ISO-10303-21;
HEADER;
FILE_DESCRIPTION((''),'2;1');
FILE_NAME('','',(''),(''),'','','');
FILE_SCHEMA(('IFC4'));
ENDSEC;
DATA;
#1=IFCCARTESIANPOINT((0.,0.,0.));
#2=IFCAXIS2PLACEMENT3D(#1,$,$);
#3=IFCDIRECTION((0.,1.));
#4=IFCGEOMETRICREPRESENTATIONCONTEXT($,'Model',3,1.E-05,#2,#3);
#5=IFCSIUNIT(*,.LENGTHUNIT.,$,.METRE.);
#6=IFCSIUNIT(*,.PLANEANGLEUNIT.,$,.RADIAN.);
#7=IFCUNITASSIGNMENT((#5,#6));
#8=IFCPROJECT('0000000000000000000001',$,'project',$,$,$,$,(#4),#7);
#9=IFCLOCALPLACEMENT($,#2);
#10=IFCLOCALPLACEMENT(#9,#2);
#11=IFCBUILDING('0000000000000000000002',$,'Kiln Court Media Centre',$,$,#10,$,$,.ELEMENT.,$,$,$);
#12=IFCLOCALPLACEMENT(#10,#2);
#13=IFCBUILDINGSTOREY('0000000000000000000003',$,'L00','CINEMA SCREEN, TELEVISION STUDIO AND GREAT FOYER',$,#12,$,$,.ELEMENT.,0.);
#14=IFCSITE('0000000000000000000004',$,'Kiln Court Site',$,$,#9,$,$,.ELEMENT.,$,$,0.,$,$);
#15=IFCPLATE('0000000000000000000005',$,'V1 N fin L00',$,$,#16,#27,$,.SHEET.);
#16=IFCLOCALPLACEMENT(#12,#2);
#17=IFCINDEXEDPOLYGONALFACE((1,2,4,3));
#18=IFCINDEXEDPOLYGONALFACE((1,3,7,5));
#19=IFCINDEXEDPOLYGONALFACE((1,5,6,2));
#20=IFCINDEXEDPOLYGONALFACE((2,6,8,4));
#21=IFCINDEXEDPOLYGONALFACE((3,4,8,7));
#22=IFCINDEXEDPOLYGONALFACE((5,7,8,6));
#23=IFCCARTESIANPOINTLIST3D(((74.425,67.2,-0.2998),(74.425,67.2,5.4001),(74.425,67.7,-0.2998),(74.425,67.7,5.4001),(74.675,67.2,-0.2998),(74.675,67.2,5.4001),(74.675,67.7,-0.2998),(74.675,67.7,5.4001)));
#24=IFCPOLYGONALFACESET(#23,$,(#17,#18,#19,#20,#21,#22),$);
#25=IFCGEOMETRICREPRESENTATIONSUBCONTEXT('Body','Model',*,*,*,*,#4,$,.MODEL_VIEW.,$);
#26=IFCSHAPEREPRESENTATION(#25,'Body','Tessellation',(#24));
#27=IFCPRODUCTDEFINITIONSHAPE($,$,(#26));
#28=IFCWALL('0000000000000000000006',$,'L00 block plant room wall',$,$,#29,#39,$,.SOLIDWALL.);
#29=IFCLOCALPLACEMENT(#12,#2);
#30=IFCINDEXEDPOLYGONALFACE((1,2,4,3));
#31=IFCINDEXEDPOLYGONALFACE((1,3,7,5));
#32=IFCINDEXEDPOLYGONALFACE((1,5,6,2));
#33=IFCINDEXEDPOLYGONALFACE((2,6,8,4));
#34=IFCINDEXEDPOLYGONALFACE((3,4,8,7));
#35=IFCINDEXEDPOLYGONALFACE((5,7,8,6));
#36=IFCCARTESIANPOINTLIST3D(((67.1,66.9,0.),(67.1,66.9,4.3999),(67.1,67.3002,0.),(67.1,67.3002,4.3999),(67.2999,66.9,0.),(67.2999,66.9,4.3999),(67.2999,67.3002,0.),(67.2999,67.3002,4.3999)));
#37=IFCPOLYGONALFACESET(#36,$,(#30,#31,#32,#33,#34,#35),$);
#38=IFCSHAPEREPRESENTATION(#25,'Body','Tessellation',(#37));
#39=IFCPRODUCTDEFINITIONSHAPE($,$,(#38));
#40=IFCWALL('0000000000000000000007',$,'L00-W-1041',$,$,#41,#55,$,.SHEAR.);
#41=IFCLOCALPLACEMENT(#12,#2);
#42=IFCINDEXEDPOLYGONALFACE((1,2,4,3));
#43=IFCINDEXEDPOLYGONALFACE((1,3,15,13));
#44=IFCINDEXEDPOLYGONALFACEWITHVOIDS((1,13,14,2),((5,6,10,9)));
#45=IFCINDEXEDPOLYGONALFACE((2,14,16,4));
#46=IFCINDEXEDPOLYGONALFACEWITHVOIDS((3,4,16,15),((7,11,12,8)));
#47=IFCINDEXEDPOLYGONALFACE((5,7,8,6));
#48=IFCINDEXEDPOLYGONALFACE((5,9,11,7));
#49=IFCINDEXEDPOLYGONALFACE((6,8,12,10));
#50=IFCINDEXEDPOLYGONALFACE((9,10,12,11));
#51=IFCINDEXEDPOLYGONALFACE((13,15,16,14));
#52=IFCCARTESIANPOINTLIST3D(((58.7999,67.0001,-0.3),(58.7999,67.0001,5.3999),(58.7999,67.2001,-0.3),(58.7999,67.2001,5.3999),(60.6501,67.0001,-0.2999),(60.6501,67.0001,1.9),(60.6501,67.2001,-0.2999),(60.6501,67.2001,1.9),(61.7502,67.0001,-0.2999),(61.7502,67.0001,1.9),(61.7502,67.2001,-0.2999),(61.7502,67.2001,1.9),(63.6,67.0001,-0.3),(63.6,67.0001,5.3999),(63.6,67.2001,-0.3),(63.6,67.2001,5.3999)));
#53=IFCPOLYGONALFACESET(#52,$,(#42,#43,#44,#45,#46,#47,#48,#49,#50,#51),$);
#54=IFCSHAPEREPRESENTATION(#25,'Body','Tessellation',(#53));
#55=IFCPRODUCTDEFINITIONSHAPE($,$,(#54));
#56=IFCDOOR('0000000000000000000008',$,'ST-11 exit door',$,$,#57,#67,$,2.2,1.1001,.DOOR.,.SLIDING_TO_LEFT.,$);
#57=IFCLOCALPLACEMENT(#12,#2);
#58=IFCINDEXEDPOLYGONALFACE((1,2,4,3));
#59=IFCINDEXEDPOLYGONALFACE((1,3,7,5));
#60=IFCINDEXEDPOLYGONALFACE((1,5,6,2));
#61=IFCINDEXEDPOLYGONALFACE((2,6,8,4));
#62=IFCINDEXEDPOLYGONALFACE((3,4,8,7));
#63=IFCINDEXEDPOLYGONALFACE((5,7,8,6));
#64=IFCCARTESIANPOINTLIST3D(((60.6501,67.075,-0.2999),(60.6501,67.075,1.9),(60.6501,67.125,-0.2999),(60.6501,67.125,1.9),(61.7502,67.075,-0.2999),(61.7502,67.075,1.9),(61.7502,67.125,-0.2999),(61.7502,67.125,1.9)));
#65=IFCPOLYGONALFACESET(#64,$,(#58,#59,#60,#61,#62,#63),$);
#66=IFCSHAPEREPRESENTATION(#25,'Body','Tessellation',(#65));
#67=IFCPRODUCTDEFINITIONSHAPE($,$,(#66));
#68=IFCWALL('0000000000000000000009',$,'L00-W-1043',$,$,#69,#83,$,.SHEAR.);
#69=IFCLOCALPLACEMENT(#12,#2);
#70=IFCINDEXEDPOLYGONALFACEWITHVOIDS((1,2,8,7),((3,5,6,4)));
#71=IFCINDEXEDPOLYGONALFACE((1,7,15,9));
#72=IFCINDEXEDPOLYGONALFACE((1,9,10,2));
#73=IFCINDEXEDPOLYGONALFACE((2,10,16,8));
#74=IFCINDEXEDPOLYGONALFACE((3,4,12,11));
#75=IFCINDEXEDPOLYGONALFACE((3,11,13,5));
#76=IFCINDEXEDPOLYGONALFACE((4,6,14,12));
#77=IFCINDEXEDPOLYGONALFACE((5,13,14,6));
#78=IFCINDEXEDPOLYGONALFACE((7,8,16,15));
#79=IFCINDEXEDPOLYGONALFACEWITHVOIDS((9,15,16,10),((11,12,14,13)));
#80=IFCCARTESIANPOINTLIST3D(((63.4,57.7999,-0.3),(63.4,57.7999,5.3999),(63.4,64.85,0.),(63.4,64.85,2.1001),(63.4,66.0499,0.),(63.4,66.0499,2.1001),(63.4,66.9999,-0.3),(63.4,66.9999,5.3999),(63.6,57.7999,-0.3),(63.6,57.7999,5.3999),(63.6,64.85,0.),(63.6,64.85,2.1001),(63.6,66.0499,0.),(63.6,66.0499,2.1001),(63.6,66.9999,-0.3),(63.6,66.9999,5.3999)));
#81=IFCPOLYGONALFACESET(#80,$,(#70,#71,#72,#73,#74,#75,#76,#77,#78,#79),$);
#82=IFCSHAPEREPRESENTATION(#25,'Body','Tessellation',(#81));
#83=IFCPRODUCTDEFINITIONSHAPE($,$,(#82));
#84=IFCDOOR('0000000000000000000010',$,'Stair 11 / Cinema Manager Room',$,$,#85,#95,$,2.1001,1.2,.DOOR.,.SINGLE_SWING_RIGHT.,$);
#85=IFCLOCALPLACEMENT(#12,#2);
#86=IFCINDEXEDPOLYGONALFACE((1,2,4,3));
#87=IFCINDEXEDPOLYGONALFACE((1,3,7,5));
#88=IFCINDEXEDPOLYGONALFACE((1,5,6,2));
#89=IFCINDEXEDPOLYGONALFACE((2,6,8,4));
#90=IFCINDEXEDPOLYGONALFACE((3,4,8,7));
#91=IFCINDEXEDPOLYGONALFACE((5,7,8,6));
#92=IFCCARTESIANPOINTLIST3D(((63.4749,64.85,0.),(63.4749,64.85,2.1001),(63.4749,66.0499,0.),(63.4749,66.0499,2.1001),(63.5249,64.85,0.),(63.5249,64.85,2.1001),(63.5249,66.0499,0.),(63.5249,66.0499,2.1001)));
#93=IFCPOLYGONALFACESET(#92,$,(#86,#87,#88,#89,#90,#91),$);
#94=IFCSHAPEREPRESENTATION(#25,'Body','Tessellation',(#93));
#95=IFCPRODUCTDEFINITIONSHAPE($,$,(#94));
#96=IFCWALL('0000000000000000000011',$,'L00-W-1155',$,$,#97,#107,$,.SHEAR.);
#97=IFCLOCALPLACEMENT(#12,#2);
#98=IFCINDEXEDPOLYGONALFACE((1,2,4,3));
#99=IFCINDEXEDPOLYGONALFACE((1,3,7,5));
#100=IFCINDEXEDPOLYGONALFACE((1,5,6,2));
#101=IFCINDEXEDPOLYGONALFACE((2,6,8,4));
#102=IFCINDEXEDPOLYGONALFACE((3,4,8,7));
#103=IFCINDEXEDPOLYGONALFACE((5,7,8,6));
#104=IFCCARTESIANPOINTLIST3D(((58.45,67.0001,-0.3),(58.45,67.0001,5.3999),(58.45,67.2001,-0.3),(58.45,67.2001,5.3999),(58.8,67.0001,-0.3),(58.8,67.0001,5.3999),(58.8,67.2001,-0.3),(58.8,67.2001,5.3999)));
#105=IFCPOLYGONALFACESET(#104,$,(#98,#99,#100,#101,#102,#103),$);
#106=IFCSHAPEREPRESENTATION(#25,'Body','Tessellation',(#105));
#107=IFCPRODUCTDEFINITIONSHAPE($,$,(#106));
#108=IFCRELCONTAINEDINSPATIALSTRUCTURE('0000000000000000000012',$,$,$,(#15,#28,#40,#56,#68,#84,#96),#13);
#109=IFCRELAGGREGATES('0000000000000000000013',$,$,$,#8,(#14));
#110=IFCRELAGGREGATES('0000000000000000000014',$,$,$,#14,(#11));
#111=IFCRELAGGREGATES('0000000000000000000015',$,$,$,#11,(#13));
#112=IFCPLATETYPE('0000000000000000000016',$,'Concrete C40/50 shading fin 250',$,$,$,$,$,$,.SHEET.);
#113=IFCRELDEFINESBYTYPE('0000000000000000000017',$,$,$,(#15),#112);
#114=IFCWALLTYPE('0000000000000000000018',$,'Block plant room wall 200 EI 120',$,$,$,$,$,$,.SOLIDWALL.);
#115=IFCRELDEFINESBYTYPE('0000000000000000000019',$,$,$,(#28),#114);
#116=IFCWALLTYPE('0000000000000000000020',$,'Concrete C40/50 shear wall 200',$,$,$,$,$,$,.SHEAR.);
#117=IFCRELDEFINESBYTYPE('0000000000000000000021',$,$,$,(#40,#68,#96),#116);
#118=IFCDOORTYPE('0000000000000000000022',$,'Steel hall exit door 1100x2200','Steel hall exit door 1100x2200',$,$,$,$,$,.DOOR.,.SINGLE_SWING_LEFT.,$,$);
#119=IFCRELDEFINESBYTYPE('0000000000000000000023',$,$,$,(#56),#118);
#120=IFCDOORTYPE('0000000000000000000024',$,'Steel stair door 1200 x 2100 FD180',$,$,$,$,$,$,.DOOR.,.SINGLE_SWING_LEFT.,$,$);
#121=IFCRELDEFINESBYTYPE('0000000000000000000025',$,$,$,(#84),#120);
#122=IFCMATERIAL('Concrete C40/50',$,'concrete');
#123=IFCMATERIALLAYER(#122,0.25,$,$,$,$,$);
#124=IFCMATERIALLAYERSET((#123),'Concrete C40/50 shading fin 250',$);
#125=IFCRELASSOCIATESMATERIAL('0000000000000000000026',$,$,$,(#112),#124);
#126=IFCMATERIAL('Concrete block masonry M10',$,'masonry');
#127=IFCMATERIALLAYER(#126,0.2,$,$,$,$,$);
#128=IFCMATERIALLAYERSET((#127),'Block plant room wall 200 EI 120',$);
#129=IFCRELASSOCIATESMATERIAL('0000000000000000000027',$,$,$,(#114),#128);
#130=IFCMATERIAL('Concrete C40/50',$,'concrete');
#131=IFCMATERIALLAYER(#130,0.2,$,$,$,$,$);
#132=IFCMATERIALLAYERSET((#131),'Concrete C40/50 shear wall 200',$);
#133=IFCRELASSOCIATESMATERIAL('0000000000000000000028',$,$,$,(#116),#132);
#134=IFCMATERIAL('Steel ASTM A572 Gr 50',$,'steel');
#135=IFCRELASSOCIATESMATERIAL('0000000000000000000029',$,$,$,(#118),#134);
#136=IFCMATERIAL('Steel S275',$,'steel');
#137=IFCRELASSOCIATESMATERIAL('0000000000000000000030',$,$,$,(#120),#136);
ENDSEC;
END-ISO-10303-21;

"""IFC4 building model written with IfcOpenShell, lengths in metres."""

from ifc_helpers import new_model, si_unit, direction, frame, frame_2d, origin, origin_2d, place, context, subcontext, project, spatial, rectangle, extrude, material, layer, layer_set, type_object, element, fill, save


model = new_model("IFC4")

# Units and contexts
model_context = context("Model", 3, precision=1e-05, world=origin(), true_north=direction((0.0, 1.0)))
body_context = subcontext(model_context, "Body", "Model", "MODEL_VIEW")
ifc_project = project(units=[si_unit("LENGTHUNIT", "METRE"), si_unit("PLANEANGLEUNIT", "RADIAN")], contexts=[model_context])

# Site, building, storey
site_placement = place(None, origin())
site = spatial("IfcSite", under=ifc_project, at=site_placement, Name="Kiln Court Site", CompositionType="ELEMENT", RefElevation=0.0)
building_placement = place(site_placement, origin())
building = spatial("IfcBuilding", under=site, at=building_placement, Name="Kiln Court Media Centre", CompositionType="ELEMENT")
storey_placement = place(building_placement, origin())
storey = spatial("IfcBuildingStorey", under=building, at=storey_placement, Name="L00", Description="CINEMA SCREEN, TELEVISION STUDIO AND GREAT FOYER", CompositionType="ELEMENT", Elevation=0.0)

# Plate
ifc_material_1 = material(Name="Concrete C40/50", Category="concrete")
ifc_layer_1 = layer(ifc_material_1, 0.25)
ifc_layer_set_1 = layer_set([ifc_layer_1], Name="Concrete C40/50 shading fin 250")
plate_type = type_object("IfcPlateType", Name="Concrete C40/50 shading fin 250", PredefinedType="SHEET", material=ifc_layer_set_1)
for number, where, z_axis, x_axis, name in (
    (1, (74.55, 67.45, -0.2998), (0.0, 0.0, 1.0), (1.0, 0.0, 0.0), "V1 N fin L00"),
):
    element("IfcPlate", number, at=place(storey_placement, frame(where, z_axis=z_axis, x_axis=x_axis)), inside=storey, type_object=plate_type, Name=name, PredefinedType="SHEET", context=body_context, shape_type="SweptSolid", body=[
        extrude(rectangle(XDim=0.25, YDim=0.5, at=origin_2d()), origin(), (0.0, 0.0, 1.0), 5.7),
    ])

# Wall
ifc_material_2 = material(Name="Concrete block masonry M10", Category="masonry")
ifc_layer_2 = layer(ifc_material_2, 0.2)
ifc_layer_set_2 = layer_set([ifc_layer_2], Name="Block plant room wall 200 EI 120")
wall_type_1 = type_object("IfcWallType", Name="Block plant room wall 200 EI 120", PredefinedType="SOLIDWALL", material=ifc_layer_set_2)
wall_1_placement = place(storey_placement, frame((67.2, 66.8999, 0.0), z_axis=(0.0, 0.0, 1.0), x_axis=(0.0, 1.0, 0.0)))
element("IfcWall", 2, at=wall_1_placement, inside=storey, type_object=wall_type_1, Name="L00 block plant room wall", PredefinedType="SOLIDWALL", context=body_context, shape_type="SweptSolid", body=[
    extrude(rectangle(XDim=0.4001, YDim=0.2, at=frame_2d((0.2002, 0.0))), origin(), (0.0, 0.0, 1.0), 4.3999),
])

# Walls, openings, doors
ifc_material_3 = material(Name="Concrete C40/50", Category="concrete")
ifc_layer_3 = layer(ifc_material_3, 0.2)
ifc_layer_set_3 = layer_set([ifc_layer_3], Name="Concrete C40/50 shear wall 200")
wall_type_2 = type_object("IfcWallType", Name="Concrete C40/50 shear wall 200", PredefinedType="SHEAR", material=ifc_layer_set_3)
wall_2_placement = place(storey_placement, frame((58.8, 67.1001, -0.3), z_axis=(0.0, 0.0, 1.0), x_axis=(1.0, 0.0, 0.0)))
wall_2 = element("IfcWall", 3, at=wall_2_placement, inside=storey, type_object=wall_type_2, Name="L00-W-1041", PredefinedType="SHEAR", context=body_context, shape_type="SweptSolid", body=[
    extrude(rectangle(XDim=4.8, YDim=0.2, at=frame_2d((2.3999, 0.0))), origin(), (0.0, 0.0, 1.0), 5.7),
])
opening_1_placement = place(wall_2_placement, frame((1.8501, 0.0, 0.0)))
opening_1 = element("IfcOpeningElement", 4, at=opening_1_placement, cuts=wall_2, PredefinedType="OPENING", context=body_context, shape_type="SweptSolid", body=[
    extrude(rectangle(XDim=1.1001, YDim=2.2, at=frame_2d((0.55, 1.1001))), frame((0.0, 0.1099, 0.0), z_axis=(0.0, -1.0, 0.0), x_axis=(1.0, 0.0, 0.0)), (0.0, 0.0, 1.0), 0.22),
])
ifc_material_4 = material(Name="Steel ASTM A572 Gr 50", Category="steel")
door_type_1 = type_object("IfcDoorType", Name="Steel hall exit door 1100x2200", Description="Steel hall exit door 1100x2200", OperationType="SINGLE_SWING_LEFT", PredefinedType="DOOR", material=ifc_material_4)
door_1_placement = place(opening_1_placement, origin())
door_1 = element("IfcDoor", 5, at=door_1_placement, inside=storey, type_object=door_type_1, Name="ST-11 exit door", OperationType="SLIDING_TO_LEFT", OverallHeight=2.2, OverallWidth=1.1001, PredefinedType="DOOR", context=body_context, shape_type="SweptSolid", body=[
    extrude(rectangle(XDim=1.1001, YDim=2.2, at=frame_2d((0.55, 1.1001))), frame((0.0, 0.0249, 0.0), z_axis=(0.0, -1.0, 0.0), x_axis=(1.0, 0.0, 0.0)), (0.0, 0.0, 1.0), 0.05),
])
fill(opening_1, door_1)
wall_3_placement = place(storey_placement, frame((63.5, 67.0, -0.3), z_axis=(0.0, 0.0, 1.0), x_axis=(0.0, -1.0, 0.0)))
wall_3 = element("IfcWall", 6, at=wall_3_placement, inside=storey, type_object=wall_type_2, Name="L00-W-1043", PredefinedType="SHEAR", context=body_context, shape_type="SweptSolid", body=[
    extrude(rectangle(XDim=9.2, YDim=0.2, at=frame_2d((4.6001, 0.0))), origin(), (0.0, 0.0, 1.0), 5.7),
])
opening_2_placement = place(wall_3_placement, frame((0.95, 0.0, 0.3)))
opening_2 = element("IfcOpeningElement", 7, at=opening_2_placement, cuts=wall_3, PredefinedType="OPENING", context=body_context, shape_type="SweptSolid", body=[
    extrude(rectangle(XDim=1.2, YDim=2.1001, at=frame_2d((0.6001, 1.05))), frame((0.0, 0.1099, 0.0), z_axis=(0.0, -1.0, 0.0), x_axis=(1.0, 0.0, 0.0)), (0.0, 0.0, 1.0), 0.22),
])
ifc_material_5 = material(Name="Steel S275", Category="steel")
door_type_2 = type_object("IfcDoorType", Name="Steel stair door 1200 x 2100 FD180", OperationType="SINGLE_SWING_LEFT", PredefinedType="DOOR", material=ifc_material_5)
door_2_placement = place(opening_2_placement, origin())
door_2 = element("IfcDoor", 8, at=door_2_placement, inside=storey, type_object=door_type_2, Name="Stair 11 / Cinema Manager Room", OperationType="SINGLE_SWING_RIGHT", OverallHeight=2.1001, OverallWidth=1.2, PredefinedType="DOOR", context=body_context, shape_type="SweptSolid", body=[
    extrude(rectangle(XDim=1.2, YDim=2.1001, at=frame_2d((0.6001, 1.05))), frame((0.0, 0.0249, 0.0), z_axis=(0.0, -1.0, 0.0), x_axis=(1.0, 0.0, 0.0)), (0.0, 0.0, 1.0), 0.05),
])
fill(opening_2, door_2)

# Wall
wall_4_placement = place(storey_placement, frame((58.45, 67.1001, -0.3), z_axis=(0.0, 0.0, 1.0), x_axis=(1.0, 0.0, 0.0)))
element("IfcWall", 9, at=wall_4_placement, inside=storey, type_object=wall_type_2, Name="L00-W-1155", PredefinedType="SHEAR", context=body_context, shape_type="SweptSolid", body=[
    extrude(rectangle(XDim=0.3501, YDim=0.2, at=frame_2d((0.175, 0.0))), origin(), (0.0, 0.0, 1.0), 5.7),
])

save(model, "model.ifc")
